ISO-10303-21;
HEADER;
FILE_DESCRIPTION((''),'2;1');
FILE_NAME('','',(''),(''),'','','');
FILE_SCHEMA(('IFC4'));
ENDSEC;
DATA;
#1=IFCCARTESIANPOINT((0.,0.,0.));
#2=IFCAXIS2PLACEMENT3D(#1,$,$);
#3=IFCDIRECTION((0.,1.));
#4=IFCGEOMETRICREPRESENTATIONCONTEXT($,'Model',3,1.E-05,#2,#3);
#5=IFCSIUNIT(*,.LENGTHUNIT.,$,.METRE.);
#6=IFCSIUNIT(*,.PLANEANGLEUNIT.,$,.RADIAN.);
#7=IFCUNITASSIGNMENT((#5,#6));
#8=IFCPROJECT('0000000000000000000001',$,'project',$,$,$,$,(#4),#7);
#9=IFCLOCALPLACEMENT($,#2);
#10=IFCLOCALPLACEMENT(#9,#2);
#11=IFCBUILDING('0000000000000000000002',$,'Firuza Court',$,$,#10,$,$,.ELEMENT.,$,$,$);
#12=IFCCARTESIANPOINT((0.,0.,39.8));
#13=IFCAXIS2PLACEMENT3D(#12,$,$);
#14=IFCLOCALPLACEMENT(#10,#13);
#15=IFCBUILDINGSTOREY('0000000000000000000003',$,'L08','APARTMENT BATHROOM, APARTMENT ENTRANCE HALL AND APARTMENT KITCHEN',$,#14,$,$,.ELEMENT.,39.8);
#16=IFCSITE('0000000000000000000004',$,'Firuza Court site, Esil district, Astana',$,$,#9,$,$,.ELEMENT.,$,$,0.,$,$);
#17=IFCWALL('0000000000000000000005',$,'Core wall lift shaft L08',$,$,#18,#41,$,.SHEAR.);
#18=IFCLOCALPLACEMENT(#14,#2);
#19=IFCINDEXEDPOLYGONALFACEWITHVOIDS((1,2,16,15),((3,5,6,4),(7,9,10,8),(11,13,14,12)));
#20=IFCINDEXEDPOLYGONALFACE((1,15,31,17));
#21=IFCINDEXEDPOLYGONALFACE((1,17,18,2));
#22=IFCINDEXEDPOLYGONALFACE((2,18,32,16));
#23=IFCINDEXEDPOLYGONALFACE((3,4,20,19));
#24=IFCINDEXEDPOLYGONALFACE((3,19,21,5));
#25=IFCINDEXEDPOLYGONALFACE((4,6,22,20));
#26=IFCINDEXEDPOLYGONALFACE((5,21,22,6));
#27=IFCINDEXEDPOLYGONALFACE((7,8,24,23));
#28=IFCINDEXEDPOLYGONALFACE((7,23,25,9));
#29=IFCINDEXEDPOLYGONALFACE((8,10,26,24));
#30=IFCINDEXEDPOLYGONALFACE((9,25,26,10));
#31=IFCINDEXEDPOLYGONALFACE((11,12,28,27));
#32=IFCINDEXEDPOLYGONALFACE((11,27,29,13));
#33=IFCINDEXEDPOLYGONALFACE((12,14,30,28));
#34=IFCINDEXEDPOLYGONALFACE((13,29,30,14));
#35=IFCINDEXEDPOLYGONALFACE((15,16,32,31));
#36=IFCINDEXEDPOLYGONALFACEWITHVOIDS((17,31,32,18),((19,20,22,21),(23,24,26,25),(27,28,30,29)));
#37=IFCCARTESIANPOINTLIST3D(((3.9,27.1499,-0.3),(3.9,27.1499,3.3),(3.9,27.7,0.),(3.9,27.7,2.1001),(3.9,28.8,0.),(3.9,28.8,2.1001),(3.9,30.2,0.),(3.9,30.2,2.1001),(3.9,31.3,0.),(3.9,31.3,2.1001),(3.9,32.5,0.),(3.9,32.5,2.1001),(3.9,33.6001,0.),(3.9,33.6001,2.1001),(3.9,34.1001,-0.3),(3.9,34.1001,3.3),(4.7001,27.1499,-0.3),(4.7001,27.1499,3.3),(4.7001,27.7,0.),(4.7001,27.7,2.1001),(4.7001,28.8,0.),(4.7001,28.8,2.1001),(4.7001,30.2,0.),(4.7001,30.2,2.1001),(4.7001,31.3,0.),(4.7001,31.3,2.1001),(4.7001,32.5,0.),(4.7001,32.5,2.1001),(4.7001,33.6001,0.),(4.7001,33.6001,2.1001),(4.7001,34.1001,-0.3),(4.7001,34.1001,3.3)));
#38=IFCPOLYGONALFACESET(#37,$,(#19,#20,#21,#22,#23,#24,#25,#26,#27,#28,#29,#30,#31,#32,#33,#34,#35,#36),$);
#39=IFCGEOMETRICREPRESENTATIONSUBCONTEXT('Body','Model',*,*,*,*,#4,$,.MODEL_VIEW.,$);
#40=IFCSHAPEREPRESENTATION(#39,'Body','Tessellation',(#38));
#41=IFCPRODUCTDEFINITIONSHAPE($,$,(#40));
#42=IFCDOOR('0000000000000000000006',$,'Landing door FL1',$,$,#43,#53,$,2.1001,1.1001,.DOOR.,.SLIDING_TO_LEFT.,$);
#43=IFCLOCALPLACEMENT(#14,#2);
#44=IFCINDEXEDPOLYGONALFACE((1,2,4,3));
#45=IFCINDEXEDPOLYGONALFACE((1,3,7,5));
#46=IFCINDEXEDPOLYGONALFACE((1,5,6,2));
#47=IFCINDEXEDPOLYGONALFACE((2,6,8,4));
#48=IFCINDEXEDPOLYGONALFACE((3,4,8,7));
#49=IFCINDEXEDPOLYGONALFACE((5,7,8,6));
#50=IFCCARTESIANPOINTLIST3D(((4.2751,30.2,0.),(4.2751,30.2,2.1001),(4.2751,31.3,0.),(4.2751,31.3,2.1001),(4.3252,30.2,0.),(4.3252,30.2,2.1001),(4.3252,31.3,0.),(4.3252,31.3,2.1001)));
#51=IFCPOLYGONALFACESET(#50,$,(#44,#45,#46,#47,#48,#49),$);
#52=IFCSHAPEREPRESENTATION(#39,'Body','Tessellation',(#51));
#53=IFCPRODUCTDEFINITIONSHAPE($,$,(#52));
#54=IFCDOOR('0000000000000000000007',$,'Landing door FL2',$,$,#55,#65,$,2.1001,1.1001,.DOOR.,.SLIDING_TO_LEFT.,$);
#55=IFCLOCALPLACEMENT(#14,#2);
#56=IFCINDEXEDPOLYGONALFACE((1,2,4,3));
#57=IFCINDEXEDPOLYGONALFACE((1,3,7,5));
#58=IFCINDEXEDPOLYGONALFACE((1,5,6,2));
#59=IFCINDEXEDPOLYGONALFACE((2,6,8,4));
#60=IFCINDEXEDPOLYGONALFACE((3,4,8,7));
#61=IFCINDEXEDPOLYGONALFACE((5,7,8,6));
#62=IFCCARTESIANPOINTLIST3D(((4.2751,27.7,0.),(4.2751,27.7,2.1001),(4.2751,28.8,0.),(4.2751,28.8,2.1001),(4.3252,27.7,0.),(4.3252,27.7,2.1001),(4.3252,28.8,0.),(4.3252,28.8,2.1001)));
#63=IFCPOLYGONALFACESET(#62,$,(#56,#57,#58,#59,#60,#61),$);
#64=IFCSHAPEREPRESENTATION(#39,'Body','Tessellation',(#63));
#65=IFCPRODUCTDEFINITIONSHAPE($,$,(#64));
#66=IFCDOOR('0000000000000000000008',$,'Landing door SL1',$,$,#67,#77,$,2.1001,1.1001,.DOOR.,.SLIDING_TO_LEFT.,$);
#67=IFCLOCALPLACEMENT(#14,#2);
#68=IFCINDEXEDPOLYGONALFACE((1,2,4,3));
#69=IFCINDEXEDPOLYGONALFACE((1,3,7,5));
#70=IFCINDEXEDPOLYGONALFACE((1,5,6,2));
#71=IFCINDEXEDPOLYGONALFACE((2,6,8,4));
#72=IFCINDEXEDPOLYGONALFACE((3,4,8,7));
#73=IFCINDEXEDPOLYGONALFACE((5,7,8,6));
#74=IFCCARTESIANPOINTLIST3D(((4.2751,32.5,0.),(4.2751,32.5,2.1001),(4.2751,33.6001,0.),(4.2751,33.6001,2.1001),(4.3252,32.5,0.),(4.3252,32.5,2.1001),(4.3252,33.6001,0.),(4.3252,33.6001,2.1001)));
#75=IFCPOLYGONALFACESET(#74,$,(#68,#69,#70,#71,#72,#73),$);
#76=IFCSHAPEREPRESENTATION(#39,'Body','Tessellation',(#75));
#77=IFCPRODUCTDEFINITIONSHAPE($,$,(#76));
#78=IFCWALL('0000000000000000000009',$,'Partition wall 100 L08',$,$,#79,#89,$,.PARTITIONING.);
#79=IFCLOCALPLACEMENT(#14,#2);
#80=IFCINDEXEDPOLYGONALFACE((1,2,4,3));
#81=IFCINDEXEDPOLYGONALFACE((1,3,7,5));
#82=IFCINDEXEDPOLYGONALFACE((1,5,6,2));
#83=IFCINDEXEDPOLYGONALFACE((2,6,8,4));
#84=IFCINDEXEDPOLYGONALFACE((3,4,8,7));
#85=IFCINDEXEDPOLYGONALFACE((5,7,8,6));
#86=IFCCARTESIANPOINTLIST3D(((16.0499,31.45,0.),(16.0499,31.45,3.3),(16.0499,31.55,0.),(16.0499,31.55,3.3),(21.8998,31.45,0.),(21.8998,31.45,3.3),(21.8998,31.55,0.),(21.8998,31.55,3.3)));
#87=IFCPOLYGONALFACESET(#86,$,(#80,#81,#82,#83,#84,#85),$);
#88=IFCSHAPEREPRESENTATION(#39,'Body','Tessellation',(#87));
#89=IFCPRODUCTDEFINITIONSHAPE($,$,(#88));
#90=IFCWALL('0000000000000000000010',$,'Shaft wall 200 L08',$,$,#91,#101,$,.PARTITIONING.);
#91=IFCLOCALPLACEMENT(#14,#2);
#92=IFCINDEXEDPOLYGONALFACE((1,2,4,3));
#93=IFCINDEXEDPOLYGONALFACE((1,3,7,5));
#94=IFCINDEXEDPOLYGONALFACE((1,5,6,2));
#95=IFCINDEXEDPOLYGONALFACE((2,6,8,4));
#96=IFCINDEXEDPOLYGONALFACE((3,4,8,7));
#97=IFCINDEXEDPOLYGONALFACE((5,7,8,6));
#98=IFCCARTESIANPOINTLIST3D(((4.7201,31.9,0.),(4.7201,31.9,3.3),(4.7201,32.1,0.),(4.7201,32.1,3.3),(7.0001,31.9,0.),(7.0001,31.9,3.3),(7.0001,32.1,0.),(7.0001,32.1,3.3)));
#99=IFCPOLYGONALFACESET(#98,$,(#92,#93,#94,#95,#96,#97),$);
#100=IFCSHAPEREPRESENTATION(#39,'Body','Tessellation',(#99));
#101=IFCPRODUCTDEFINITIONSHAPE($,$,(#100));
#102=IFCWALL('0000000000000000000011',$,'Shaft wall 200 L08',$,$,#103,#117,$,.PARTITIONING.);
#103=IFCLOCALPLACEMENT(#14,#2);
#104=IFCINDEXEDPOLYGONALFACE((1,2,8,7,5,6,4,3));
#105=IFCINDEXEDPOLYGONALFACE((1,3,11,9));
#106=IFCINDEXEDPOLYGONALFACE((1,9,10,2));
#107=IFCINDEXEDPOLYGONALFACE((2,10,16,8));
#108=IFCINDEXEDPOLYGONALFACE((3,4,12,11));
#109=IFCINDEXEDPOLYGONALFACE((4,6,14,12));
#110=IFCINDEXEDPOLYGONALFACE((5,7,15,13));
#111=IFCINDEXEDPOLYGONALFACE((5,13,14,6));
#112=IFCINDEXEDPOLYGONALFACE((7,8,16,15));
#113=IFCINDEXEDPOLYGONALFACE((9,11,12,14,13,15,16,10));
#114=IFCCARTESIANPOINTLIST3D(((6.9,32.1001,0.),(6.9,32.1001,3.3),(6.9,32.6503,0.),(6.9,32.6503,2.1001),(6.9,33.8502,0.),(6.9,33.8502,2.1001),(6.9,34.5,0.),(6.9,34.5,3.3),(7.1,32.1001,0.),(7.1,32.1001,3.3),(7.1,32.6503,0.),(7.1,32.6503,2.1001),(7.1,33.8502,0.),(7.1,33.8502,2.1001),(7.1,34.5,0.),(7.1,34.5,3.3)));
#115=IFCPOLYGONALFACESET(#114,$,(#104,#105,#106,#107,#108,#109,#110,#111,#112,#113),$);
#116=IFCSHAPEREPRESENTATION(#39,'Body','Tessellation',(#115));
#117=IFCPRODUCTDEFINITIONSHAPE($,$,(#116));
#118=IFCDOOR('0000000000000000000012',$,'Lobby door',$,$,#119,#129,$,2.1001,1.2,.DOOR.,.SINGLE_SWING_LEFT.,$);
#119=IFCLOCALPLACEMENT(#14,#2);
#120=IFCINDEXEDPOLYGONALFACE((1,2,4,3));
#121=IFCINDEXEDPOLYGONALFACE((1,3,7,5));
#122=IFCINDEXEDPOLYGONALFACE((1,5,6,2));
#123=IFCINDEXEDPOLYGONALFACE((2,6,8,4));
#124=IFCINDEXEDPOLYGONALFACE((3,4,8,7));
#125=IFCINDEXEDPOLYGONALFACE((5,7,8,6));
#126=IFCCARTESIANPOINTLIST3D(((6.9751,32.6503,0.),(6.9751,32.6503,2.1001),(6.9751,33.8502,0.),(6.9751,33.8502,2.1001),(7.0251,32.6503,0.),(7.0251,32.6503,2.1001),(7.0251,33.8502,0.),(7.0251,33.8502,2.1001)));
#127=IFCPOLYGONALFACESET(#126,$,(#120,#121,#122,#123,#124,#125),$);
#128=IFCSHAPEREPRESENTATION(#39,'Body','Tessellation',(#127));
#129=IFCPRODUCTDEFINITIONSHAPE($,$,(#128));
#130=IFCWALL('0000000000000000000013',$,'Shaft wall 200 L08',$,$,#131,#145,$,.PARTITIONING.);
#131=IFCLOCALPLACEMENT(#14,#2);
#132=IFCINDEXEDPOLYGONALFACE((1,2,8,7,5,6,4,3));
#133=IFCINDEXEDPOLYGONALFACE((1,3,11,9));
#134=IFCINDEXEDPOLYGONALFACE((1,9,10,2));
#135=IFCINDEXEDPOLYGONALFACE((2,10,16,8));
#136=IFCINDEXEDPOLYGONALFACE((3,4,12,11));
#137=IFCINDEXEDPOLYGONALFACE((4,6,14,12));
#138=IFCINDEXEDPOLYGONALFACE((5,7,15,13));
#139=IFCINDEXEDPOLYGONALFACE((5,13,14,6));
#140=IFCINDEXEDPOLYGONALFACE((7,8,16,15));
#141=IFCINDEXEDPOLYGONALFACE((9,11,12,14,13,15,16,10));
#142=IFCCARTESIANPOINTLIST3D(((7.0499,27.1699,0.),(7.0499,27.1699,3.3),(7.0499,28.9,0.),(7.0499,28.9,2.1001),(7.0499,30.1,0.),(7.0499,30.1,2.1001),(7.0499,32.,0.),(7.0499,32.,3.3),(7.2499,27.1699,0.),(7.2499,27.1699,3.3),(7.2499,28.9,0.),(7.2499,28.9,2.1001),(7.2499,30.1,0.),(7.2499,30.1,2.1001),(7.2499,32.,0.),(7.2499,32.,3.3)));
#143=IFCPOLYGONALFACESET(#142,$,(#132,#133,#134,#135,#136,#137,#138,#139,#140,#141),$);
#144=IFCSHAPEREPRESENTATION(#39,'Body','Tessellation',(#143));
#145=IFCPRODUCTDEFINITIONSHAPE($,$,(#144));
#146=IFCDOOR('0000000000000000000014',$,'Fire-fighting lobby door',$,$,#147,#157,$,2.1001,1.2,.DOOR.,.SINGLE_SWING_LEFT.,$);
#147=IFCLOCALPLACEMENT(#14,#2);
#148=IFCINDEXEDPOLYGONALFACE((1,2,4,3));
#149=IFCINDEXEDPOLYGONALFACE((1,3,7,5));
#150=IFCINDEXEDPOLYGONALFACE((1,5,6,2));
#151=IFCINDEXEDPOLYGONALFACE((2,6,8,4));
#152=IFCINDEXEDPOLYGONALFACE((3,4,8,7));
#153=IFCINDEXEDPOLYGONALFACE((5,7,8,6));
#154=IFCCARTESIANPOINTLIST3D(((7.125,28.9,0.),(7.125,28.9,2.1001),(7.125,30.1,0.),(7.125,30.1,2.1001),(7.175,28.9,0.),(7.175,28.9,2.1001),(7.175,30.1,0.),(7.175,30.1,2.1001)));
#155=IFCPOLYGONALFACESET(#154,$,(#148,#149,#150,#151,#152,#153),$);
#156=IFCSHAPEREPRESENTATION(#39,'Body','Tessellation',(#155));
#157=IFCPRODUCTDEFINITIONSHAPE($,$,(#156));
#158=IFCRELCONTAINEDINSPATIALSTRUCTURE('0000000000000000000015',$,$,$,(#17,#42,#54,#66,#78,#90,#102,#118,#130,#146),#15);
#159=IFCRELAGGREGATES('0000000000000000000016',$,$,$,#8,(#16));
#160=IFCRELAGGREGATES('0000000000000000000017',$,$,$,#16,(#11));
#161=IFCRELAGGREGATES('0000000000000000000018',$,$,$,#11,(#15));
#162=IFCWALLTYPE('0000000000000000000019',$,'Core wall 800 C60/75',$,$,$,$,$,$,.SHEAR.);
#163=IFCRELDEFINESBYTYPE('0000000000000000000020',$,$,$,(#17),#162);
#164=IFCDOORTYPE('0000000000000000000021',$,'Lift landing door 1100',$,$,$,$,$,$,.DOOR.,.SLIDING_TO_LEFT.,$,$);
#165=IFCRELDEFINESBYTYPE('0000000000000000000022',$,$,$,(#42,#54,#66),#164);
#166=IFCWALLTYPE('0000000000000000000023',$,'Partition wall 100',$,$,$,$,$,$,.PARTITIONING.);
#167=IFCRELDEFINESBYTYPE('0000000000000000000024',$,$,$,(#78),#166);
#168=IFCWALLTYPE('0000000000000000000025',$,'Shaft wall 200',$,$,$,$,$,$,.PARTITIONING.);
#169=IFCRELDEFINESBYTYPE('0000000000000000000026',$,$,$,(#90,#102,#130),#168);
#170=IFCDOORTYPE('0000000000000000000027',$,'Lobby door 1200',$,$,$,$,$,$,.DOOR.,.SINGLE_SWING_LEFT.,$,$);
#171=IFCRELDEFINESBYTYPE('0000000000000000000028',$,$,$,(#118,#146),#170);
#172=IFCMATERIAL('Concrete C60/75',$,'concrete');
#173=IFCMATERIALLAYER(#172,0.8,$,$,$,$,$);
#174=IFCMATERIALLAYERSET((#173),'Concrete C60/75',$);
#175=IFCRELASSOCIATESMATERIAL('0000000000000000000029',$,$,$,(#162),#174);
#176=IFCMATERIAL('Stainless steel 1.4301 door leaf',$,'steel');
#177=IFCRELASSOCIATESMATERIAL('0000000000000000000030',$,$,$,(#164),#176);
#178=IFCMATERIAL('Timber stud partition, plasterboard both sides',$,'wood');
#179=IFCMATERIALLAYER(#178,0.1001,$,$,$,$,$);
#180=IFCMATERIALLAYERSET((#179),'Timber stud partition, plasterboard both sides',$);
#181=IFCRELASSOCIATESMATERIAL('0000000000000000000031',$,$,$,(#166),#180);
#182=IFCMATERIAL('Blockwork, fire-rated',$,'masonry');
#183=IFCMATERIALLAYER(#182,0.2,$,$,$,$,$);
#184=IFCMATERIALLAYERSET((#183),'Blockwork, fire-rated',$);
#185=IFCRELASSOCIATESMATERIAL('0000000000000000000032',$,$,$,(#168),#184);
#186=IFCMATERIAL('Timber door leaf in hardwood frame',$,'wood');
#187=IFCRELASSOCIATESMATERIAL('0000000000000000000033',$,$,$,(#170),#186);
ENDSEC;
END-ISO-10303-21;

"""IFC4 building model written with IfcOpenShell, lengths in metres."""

from ifc_helpers import new_model, si_unit, direction, frame, frame_2d, origin, place, context, subcontext, project, spatial, rectangle, extrude, material, layer, layer_set, type_object, element, fill, save


model = new_model("IFC4")

# Units and contexts
model_context = context("Model", 3, precision=1e-05, world=origin(), true_north=direction((0.0, 1.0)))
body_context = subcontext(model_context, "Body", "Model", "MODEL_VIEW")
ifc_project = project(units=[si_unit("LENGTHUNIT", "METRE"), si_unit("PLANEANGLEUNIT", "RADIAN")], contexts=[model_context])

# Site, building, storey
site_placement = place(None, origin())
site = spatial("IfcSite", under=ifc_project, at=site_placement, Name="Firuza Court site, Esil district, Astana", CompositionType="ELEMENT", RefElevation=0.0)
building_placement = place(site_placement, origin())
building = spatial("IfcBuilding", under=site, at=building_placement, Name="Firuza Court", CompositionType="ELEMENT")
storey_placement = place(building_placement, frame((0.0, 0.0, 39.8)))
storey = spatial("IfcBuildingStorey", under=building, at=storey_placement, Name="L08", Description="APARTMENT BATHROOM, APARTMENT ENTRANCE HALL AND APARTMENT KITCHEN", CompositionType="ELEMENT", Elevation=39.8)

# Shared definitions
ifc_material_1 = material(Name="Concrete C60/75", Category="concrete")

# Shared definitions
ifc_layer_1 = layer(ifc_material_1, 0.8)
ifc_layer_set_1 = layer_set([ifc_layer_1], Name="Concrete C60/75")
wall_type_1 = type_object("IfcWallType", Name="Core wall 800 C60/75", PredefinedType="SHEAR", material=ifc_layer_set_1)

# Wall, openings, doors
wall_1_placement = place(storey_placement, frame((4.3, 27.1499, -0.3), z_axis=(0.0, 0.0, 1.0), x_axis=(0.0, 1.0, 0.0)))
wall_1 = element("IfcWall", 1, at=wall_1_placement, inside=storey, type_object=wall_type_1, Name="Core wall lift shaft L08", PredefinedType="SHEAR", context=body_context, shape_type="SweptSolid", body=[
    extrude(rectangle(XDim=6.9502, YDim=0.8, at=frame_2d((3.4751, 0.0))), origin(), (0.0, 0.0, 1.0), 3.6001),
])
opening_1_placement = place(wall_1_placement, frame((3.05, 0.0, 0.3)))
opening_1 = element("IfcOpeningElement", 2, at=opening_1_placement, cuts=wall_1, PredefinedType="OPENING", context=body_context, shape_type="SweptSolid", body=[
    extrude(rectangle(XDim=1.1001, YDim=2.1001, at=frame_2d((0.55, 1.05))), frame((0.0, 0.4121, 0.0), z_axis=(0.0, -1.0, 0.0), x_axis=(1.0, 0.0, 0.0)), (0.0, 0.0, 1.0), 0.824),
])
opening_2_placement = place(wall_1_placement, frame((0.55, 0.0, 0.3)))
opening_2 = element("IfcOpeningElement", 3, at=opening_2_placement, cuts=wall_1, PredefinedType="OPENING", context=body_context, shape_type="SweptSolid", body=[
    extrude(rectangle(XDim=1.1001, YDim=2.1001, at=frame_2d((0.55, 1.05))), frame((0.0, 0.4121, 0.0), z_axis=(0.0, -1.0, 0.0), x_axis=(1.0, 0.0, 0.0)), (0.0, 0.0, 1.0), 0.824),
])
opening_3_placement = place(wall_1_placement, frame((5.3501, 0.0, 0.3)))
opening_3 = element("IfcOpeningElement", 4, at=opening_3_placement, cuts=wall_1, PredefinedType="OPENING", context=body_context, shape_type="SweptSolid", body=[
    extrude(rectangle(XDim=1.1001, YDim=2.1001, at=frame_2d((0.55, 1.05))), frame((0.0, 0.4121, 0.0), z_axis=(0.0, -1.0, 0.0), x_axis=(1.0, 0.0, 0.0)), (0.0, 0.0, 1.0), 0.824),
])
ifc_material_2 = material(Name="Stainless steel 1.4301 door leaf", Category="steel")
door_type_1 = type_object("IfcDoorType", Name="Lift landing door 1100", OperationType="SLIDING_TO_LEFT", PredefinedType="DOOR", material=ifc_material_2)
door_1_placement = place(opening_1_placement, origin())
door_1 = element("IfcDoor", 5, at=door_1_placement, inside=storey, type_object=door_type_1, Name="Landing door FL1", OperationType="SLIDING_TO_LEFT", OverallHeight=2.1001, OverallWidth=1.1001, PredefinedType="DOOR", context=body_context, shape_type="SweptSolid", body=[
    extrude(rectangle(XDim=1.1001, YDim=2.1001, at=frame_2d((0.55, 1.05))), frame((0.0, 0.0249, 0.0), z_axis=(0.0, -1.0, 0.0), x_axis=(1.0, 0.0, 0.0)), (0.0, 0.0, 1.0), 0.05),
])
fill(opening_1, door_1)
door_2_placement = place(opening_2_placement, origin())
door_2 = element("IfcDoor", 6, at=door_2_placement, inside=storey, type_object=door_type_1, Name="Landing door FL2", OperationType="SLIDING_TO_LEFT", OverallHeight=2.1001, OverallWidth=1.1001, PredefinedType="DOOR", context=body_context, shape_type="SweptSolid", body=[
    extrude(rectangle(XDim=1.1001, YDim=2.1001, at=frame_2d((0.55, 1.05))), frame((0.0, 0.0249, 0.0), z_axis=(0.0, -1.0, 0.0), x_axis=(1.0, 0.0, 0.0)), (0.0, 0.0, 1.0), 0.05),
])
fill(opening_2, door_2)
door_3_placement = place(opening_3_placement, origin())
door_3 = element("IfcDoor", 7, at=door_3_placement, inside=storey, type_object=door_type_1, Name="Landing door SL1", OperationType="SLIDING_TO_LEFT", OverallHeight=2.1001, OverallWidth=1.1001, PredefinedType="DOOR", context=body_context, shape_type="SweptSolid", body=[
    extrude(rectangle(XDim=1.1001, YDim=2.1001, at=frame_2d((0.55, 1.05))), frame((0.0, 0.0249, 0.0), z_axis=(0.0, -1.0, 0.0), x_axis=(1.0, 0.0, 0.0)), (0.0, 0.0, 1.0), 0.05),
])
fill(opening_3, door_3)

# Walls
ifc_material_3 = material(Name="Timber stud partition, plasterboard both sides", Category="wood")
ifc_layer_2 = layer(ifc_material_3, 0.1001)
ifc_layer_set_2 = layer_set([ifc_layer_2], Name="Timber stud partition, plasterboard both sides")
wall_type_2 = type_object("IfcWallType", Name="Partition wall 100", PredefinedType="PARTITIONING", material=ifc_layer_set_2)
wall_2_placement = place(storey_placement, frame((16.05, 31.5, 0.0), z_axis=(0.0, 0.0, 1.0), x_axis=(1.0, 0.0, 0.0)))
element("IfcWall", 8, at=wall_2_placement, inside=storey, type_object=wall_type_2, Name="Partition wall 100 L08", PredefinedType="PARTITIONING", context=body_context, shape_type="SweptSolid", body=[
    extrude(rectangle(XDim=5.8499, YDim=0.1001, at=frame_2d((2.9248, 0.0))), origin(), (0.0, 0.0, 1.0), 3.3),
])
ifc_material_4 = material(Name="Blockwork, fire-rated", Category="masonry")
ifc_layer_3 = layer(ifc_material_4, 0.2)
ifc_layer_set_3 = layer_set([ifc_layer_3], Name="Blockwork, fire-rated")
wall_type_3 = type_object("IfcWallType", Name="Shaft wall 200", PredefinedType="PARTITIONING", material=ifc_layer_set_3)
wall_3_placement = place(storey_placement, frame((4.72, 32.0, 0.0), z_axis=(0.0, 0.0, 1.0), x_axis=(1.0, 0.0, 0.0)))
element("IfcWall", 9, at=wall_3_placement, inside=storey, type_object=wall_type_3, Name="Shaft wall 200 L08", PredefinedType="PARTITIONING", context=body_context, shape_type="SweptSolid", body=[
    extrude(rectangle(XDim=2.28, YDim=0.2, at=frame_2d((1.1401, 0.0))), origin(), (0.0, 0.0, 1.0), 3.3),
])

# Walls, openings, doors
wall_4_placement = place(storey_placement, frame((7.0, 32.1001, 0.0), z_axis=(0.0, 0.0, 1.0), x_axis=(0.0, 1.0, 0.0)))
wall_4 = element("IfcWall", 10, at=wall_4_placement, inside=storey, type_object=wall_type_3, Name="Shaft wall 200 L08", PredefinedType="PARTITIONING", context=body_context, shape_type="SweptSolid", body=[
    extrude(rectangle(XDim=2.3999, YDim=0.2, at=frame_2d((1.2, 0.0))), origin(), (0.0, 0.0, 1.0), 3.3),
])
opening_4_placement = place(wall_4_placement, frame((0.55, 0.0, 0.0)))
opening_4 = element("IfcOpeningElement", 11, at=opening_4_placement, cuts=wall_4, PredefinedType="OPENING", context=body_context, shape_type="SweptSolid", body=[
    extrude(rectangle(XDim=1.2, YDim=2.1001, at=frame_2d((0.6001, 1.05))), frame((0.0, 0.1118, 0.0), z_axis=(0.0, -1.0, 0.0), x_axis=(1.0, 0.0, 0.0)), (0.0, 0.0, 1.0), 0.2239),
])
ifc_material_5 = material(Name="Timber door leaf in hardwood frame", Category="wood")
door_type_2 = type_object("IfcDoorType", Name="Lobby door 1200", OperationType="SINGLE_SWING_LEFT", PredefinedType="DOOR", material=ifc_material_5)
door_4_placement = place(opening_4_placement, origin())
door_4 = element("IfcDoor", 12, at=door_4_placement, inside=storey, type_object=door_type_2, Name="Lobby door", OperationType="SINGLE_SWING_LEFT", OverallHeight=2.1001, OverallWidth=1.2, PredefinedType="DOOR", context=body_context, shape_type="SweptSolid", body=[
    extrude(rectangle(XDim=1.2, YDim=2.1001, at=frame_2d((0.6001, 1.05))), frame((0.0, 0.0249, 0.0), z_axis=(0.0, -1.0, 0.0), x_axis=(1.0, 0.0, 0.0)), (0.0, 0.0, 1.0), 0.05),
])
fill(opening_4, door_4)
wall_5_placement = place(storey_placement, frame((7.1499, 27.1699, 0.0), z_axis=(0.0, 0.0, 1.0), x_axis=(0.0, 1.0, 0.0)))
wall_5 = element("IfcWall", 13, at=wall_5_placement, inside=storey, type_object=wall_type_3, Name="Shaft wall 200 L08", PredefinedType="PARTITIONING", context=body_context, shape_type="SweptSolid", body=[
    extrude(rectangle(XDim=4.8301, YDim=0.2, at=frame_2d((2.415, 0.0))), origin(), (0.0, 0.0, 1.0), 3.3),
])
opening_5_placement = place(wall_5_placement, frame((1.73, 0.0, 0.0)))
opening_5 = element("IfcOpeningElement", 14, at=opening_5_placement, cuts=wall_5, PredefinedType="OPENING", context=body_context, shape_type="SweptSolid", body=[
    extrude(rectangle(XDim=1.2, YDim=2.1001, at=frame_2d((0.6001, 1.05))), frame((0.0, 0.1118, 0.0), z_axis=(0.0, -1.0, 0.0), x_axis=(1.0, 0.0, 0.0)), (0.0, 0.0, 1.0), 0.2239),
])
door_5_placement = place(opening_5_placement, origin())
door_5 = element("IfcDoor", 15, at=door_5_placement, inside=storey, type_object=door_type_2, Name="Fire-fighting lobby door", OperationType="SINGLE_SWING_LEFT", OverallHeight=2.1001, OverallWidth=1.2, PredefinedType="DOOR", context=body_context, shape_type="SweptSolid", body=[
    extrude(rectangle(XDim=1.2, YDim=2.1001, at=frame_2d((0.6001, 1.05))), frame((0.0, 0.0249, 0.0), z_axis=(0.0, -1.0, 0.0), x_axis=(1.0, 0.0, 0.0)), (0.0, 0.0, 1.0), 0.05),
])
fill(opening_5, door_5)

save(model, "model.ifc")
